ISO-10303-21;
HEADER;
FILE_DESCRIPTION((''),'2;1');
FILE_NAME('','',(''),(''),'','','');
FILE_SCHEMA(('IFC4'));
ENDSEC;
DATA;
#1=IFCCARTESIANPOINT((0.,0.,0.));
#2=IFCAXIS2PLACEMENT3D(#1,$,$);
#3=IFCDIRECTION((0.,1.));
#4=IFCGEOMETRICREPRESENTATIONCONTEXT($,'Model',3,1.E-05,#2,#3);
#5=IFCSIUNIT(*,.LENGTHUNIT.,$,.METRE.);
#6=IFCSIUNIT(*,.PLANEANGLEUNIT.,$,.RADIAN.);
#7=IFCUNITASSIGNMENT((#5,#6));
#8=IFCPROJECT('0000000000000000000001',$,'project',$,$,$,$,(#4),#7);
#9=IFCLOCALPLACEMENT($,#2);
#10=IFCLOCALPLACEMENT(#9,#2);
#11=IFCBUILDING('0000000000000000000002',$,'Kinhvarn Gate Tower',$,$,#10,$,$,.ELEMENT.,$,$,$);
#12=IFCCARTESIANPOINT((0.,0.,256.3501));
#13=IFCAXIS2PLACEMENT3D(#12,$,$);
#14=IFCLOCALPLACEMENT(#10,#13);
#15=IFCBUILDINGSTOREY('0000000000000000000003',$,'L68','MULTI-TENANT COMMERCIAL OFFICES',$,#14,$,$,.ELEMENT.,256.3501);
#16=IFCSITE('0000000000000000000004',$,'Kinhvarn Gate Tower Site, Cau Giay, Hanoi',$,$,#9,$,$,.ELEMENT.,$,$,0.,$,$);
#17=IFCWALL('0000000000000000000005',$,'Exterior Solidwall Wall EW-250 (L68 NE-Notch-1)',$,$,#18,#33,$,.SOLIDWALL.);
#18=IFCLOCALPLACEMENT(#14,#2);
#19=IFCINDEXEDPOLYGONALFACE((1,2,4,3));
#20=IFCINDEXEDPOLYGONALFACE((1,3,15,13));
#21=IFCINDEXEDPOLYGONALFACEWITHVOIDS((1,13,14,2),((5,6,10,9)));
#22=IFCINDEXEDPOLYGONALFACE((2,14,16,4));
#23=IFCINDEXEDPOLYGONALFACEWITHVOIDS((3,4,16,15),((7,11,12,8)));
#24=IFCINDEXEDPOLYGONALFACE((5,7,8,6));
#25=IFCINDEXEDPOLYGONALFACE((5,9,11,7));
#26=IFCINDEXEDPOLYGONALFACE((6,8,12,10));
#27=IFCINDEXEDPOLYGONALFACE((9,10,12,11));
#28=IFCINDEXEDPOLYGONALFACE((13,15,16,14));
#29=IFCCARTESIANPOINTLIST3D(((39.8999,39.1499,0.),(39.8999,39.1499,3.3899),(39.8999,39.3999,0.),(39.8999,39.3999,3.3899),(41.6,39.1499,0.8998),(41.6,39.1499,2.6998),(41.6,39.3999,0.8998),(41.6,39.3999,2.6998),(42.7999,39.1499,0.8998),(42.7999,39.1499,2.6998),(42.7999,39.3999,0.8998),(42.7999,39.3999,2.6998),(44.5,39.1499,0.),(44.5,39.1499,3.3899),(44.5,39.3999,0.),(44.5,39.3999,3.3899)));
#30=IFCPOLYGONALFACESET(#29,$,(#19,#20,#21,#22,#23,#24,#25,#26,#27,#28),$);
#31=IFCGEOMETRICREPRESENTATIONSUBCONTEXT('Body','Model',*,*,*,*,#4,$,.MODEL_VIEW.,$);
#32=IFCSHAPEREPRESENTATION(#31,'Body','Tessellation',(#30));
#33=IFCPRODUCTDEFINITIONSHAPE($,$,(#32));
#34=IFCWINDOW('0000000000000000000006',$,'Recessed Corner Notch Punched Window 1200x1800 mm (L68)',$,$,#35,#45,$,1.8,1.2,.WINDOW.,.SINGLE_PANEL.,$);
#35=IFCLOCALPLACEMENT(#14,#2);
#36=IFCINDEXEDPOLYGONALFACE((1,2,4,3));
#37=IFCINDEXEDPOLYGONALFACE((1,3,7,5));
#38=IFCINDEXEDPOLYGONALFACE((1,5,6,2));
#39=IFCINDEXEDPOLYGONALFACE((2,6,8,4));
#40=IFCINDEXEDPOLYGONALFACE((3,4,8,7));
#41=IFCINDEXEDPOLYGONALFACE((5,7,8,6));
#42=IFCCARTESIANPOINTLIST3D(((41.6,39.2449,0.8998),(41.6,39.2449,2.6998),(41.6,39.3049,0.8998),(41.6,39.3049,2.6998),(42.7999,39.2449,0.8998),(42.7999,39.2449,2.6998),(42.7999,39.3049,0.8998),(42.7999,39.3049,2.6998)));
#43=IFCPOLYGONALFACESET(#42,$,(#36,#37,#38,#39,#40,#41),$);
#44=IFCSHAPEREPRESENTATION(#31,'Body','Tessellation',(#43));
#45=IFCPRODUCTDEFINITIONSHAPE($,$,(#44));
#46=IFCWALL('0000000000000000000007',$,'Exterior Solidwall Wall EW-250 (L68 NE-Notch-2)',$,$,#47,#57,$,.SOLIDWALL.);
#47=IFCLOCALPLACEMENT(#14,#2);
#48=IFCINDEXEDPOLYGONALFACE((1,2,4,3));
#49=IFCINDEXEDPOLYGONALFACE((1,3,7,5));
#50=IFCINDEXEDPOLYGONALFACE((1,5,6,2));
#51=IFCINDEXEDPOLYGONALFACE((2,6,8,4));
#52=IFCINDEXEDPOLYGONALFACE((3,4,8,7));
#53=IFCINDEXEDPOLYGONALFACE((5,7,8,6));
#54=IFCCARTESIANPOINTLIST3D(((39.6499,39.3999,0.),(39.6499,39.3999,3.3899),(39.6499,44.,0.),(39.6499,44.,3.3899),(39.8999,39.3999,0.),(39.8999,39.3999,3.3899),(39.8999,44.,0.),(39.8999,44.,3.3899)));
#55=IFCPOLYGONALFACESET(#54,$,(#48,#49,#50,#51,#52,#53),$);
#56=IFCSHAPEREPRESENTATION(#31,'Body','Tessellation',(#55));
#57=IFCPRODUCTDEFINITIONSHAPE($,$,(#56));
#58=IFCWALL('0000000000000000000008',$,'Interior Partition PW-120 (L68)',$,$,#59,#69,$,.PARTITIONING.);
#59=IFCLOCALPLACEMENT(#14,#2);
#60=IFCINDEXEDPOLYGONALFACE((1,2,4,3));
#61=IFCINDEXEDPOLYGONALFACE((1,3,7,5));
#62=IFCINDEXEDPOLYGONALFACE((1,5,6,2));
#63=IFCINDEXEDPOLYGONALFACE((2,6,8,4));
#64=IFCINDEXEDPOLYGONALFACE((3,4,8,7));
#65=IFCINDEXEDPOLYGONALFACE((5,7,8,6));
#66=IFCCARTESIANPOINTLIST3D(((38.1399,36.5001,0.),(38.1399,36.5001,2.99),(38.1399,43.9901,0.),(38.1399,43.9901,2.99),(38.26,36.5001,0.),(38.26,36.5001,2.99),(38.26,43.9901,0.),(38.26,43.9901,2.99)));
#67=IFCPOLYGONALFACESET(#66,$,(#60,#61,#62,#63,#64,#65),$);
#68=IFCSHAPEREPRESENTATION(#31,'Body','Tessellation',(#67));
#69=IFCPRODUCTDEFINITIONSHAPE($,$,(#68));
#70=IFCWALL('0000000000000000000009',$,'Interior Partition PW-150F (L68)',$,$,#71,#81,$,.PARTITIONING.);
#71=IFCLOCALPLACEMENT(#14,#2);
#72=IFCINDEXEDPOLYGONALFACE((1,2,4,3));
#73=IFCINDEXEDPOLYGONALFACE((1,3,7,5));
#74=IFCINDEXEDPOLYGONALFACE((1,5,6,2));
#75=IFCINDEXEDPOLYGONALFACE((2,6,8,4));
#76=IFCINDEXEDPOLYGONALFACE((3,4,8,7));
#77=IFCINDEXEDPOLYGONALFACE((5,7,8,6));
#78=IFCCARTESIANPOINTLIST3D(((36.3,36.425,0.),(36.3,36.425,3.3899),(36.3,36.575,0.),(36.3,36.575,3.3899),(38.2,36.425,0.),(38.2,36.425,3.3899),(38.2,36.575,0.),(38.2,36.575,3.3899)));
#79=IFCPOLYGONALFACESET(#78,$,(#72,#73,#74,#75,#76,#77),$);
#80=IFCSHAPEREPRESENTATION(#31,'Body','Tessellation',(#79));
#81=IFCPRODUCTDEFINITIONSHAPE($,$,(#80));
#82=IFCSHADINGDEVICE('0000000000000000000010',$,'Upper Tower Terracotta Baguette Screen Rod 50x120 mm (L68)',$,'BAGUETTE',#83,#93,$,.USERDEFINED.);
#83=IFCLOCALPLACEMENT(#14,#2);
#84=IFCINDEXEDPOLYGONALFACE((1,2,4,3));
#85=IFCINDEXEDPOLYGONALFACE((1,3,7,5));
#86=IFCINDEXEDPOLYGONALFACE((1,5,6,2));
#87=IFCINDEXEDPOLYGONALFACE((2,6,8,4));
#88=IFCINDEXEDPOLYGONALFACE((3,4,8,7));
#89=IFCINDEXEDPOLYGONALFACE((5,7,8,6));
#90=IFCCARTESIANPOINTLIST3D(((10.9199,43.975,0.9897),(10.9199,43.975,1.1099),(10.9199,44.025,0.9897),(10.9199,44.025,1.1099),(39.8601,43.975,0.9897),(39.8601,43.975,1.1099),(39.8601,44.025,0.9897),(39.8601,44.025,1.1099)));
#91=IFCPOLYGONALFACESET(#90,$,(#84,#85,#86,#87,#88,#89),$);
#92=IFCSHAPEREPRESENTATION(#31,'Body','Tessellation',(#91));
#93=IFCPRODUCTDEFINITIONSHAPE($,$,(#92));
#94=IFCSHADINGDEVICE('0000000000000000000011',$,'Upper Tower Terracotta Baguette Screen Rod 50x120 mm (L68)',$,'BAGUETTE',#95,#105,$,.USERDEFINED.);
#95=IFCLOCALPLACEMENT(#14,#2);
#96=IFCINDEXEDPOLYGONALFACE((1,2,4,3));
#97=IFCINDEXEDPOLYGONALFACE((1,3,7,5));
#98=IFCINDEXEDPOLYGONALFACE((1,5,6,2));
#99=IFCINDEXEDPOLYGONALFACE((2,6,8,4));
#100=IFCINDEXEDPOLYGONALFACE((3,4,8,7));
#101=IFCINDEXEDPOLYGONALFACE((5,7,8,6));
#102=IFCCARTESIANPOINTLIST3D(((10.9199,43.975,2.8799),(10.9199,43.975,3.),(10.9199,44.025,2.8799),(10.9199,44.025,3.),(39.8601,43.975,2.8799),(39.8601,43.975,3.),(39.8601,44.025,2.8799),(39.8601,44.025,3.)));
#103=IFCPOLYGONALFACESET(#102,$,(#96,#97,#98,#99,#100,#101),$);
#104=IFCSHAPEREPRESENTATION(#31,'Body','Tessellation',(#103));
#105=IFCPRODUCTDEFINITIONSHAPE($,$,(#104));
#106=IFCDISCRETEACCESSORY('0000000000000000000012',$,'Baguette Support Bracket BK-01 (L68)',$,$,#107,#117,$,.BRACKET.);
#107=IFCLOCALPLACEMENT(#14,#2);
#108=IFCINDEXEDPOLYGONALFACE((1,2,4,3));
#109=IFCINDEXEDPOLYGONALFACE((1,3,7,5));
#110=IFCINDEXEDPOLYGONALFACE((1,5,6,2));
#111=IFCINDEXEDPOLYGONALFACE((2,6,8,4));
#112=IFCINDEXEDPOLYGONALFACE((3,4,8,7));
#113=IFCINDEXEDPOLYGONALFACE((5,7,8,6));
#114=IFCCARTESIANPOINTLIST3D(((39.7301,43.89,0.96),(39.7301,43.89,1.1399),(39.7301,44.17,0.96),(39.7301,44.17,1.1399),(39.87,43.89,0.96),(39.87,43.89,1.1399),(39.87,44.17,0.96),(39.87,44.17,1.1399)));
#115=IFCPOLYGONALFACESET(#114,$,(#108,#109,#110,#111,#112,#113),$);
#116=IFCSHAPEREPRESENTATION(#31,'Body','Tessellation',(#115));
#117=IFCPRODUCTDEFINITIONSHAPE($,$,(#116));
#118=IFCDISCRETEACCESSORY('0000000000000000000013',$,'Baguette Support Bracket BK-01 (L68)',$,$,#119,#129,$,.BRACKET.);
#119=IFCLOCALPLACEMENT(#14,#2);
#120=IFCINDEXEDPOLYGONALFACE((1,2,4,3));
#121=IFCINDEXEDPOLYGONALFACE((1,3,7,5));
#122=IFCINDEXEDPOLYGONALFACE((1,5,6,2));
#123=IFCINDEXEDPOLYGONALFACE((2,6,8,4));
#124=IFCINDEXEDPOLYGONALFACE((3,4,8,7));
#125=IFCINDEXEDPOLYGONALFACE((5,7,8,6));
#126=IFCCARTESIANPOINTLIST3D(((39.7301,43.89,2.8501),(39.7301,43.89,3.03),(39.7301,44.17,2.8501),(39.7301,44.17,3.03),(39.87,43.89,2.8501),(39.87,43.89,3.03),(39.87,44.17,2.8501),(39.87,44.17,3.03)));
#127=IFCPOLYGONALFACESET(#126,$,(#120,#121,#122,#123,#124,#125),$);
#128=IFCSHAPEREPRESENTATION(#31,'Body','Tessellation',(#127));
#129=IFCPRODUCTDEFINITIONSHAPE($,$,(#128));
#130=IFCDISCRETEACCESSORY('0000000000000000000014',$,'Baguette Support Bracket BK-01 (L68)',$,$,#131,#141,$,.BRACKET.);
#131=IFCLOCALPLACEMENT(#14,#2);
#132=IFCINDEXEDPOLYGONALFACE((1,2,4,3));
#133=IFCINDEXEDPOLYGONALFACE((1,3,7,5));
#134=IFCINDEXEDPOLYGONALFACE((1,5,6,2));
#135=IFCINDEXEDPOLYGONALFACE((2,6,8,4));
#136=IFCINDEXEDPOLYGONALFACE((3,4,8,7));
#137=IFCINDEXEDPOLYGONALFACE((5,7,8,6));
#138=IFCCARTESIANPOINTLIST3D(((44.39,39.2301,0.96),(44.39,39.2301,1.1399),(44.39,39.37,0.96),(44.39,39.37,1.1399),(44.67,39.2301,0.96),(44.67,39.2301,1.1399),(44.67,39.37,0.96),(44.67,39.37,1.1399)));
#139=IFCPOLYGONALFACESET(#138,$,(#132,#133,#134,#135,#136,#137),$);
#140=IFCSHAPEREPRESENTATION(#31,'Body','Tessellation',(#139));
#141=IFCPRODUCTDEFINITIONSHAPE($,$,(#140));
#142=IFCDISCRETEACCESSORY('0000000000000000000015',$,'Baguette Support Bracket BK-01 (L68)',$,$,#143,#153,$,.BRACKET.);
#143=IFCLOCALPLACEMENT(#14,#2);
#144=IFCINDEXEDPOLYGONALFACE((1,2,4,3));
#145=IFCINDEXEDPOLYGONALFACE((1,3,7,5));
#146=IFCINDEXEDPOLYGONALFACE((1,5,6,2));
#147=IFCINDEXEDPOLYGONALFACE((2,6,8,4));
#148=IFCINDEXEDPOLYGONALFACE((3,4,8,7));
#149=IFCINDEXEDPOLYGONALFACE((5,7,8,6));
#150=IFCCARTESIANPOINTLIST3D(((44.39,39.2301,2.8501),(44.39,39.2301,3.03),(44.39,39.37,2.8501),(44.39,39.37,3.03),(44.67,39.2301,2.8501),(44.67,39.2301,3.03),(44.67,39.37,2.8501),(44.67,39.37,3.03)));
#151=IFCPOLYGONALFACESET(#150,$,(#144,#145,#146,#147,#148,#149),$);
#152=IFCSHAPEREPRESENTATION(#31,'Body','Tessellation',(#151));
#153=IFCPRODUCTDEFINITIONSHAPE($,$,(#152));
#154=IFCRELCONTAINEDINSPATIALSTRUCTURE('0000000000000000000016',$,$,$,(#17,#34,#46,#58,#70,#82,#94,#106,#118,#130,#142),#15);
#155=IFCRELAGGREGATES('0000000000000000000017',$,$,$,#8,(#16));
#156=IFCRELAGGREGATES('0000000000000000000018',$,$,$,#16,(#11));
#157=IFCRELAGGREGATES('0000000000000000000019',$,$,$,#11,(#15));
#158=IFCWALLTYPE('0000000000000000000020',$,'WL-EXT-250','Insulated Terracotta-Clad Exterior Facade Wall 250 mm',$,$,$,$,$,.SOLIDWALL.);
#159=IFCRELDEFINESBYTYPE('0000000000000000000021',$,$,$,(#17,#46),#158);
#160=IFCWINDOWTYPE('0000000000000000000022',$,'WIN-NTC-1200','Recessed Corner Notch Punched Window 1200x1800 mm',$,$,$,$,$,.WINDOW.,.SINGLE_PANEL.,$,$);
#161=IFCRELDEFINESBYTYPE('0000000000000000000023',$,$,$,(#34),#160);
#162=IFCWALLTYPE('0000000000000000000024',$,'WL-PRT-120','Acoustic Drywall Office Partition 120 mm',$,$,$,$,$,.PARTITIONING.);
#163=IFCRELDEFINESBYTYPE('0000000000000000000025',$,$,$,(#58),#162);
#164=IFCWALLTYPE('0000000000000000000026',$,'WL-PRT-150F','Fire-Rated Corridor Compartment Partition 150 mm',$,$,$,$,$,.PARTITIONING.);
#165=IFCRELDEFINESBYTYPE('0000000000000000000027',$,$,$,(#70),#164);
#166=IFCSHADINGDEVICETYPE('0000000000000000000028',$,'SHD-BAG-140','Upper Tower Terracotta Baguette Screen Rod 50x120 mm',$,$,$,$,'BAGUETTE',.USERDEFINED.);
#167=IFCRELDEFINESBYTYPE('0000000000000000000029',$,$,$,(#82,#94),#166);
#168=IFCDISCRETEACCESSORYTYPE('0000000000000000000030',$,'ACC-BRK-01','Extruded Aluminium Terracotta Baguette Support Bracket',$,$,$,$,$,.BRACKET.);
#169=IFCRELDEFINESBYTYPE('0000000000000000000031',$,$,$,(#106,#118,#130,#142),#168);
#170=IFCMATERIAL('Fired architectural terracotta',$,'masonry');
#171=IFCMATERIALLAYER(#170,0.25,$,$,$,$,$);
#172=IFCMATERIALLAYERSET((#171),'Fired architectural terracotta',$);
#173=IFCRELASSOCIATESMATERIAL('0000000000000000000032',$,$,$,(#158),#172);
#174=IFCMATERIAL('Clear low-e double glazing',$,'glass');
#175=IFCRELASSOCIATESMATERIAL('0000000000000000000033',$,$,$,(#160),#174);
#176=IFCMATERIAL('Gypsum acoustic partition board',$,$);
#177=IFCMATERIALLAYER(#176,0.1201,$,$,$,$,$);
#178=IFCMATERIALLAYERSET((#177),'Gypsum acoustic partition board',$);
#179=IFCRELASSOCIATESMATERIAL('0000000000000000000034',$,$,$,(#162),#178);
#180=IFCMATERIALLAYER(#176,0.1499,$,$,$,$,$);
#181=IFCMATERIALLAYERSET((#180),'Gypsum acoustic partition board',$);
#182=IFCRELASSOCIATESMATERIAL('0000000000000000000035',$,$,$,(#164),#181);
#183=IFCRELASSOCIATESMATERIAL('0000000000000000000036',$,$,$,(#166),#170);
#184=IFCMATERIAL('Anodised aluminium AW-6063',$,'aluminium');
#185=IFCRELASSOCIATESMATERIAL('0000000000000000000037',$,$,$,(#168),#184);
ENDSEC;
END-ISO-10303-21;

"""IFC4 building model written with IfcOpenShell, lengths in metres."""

from ifc_helpers import new_model, si_unit, direction, frame, frame_2d, origin, origin_2d, place, context, subcontext, project, spatial, rectangle, extrude, material, layer, layer_set, material_profile, profile_set, type_object, element, fill, save


model = new_model("IFC4")

# Units and contexts
model_context = context("Model", 3, precision=1e-05, world=origin(), true_north=direction((0.0, 1.0)))
body_context = subcontext(model_context, "Body", "Model", "MODEL_VIEW")
ifc_project = project(units=[si_unit("LENGTHUNIT", "METRE"), si_unit("PLANEANGLEUNIT", "RADIAN")], contexts=[model_context])

# Site, building, storey
site_placement = place(None, origin())
site = spatial("IfcSite", under=ifc_project, at=site_placement, Name="Kinhvarn Gate Tower Site, Cau Giay, Hanoi", CompositionType="ELEMENT", RefElevation=0.0)
building_placement = place(site_placement, origin())
building = spatial("IfcBuilding", under=site, at=building_placement, Name="Kinhvarn Gate Tower", CompositionType="ELEMENT")
storey_placement = place(building_placement, frame((0.0, 0.0, 256.3501)))
storey = spatial("IfcBuildingStorey", under=building, at=storey_placement, Name="L68", Description="MULTI-TENANT COMMERCIAL OFFICES", CompositionType="ELEMENT", Elevation=256.3501)

# Shared definitions
ifc_material_1 = material(Name="Anodised aluminium AW-6063", Category="aluminium")

# Shared definitions
ifc_material_2 = material(Name="Clear low-e double glazing", Category="glass")

# Wall, opening, window
ifc_material_3 = material(Name="Fired architectural terracotta", Category="masonry")
ifc_layer_1 = layer(ifc_material_3, 0.25)
ifc_layer_set_1 = layer_set([ifc_layer_1], Name="Fired architectural terracotta")
wall_type_1 = type_object("IfcWallType", Name="WL-EXT-250", Description="Insulated Terracotta-Clad Exterior Facade Wall 250 mm", PredefinedType="SOLIDWALL", material=ifc_layer_set_1)
wall_1_placement = place(storey_placement, frame((44.5, 39.2749, 0.0), z_axis=(0.0, 0.0, 1.0), x_axis=(-1.0, 0.0, 0.0)))
wall_1 = element("IfcWall", 1, at=wall_1_placement, inside=storey, type_object=wall_type_1, Name="Exterior Solidwall Wall EW-250 (L68 NE-Notch-1)", PredefinedType="SOLIDWALL", context=body_context, shape_type="SweptSolid", body=[
    extrude(rectangle(XDim=4.6001, YDim=0.25, at=frame_2d((2.3, 0.0))), origin(), (0.0, 0.0, 1.0), 3.3899),
])
opening_placement = place(wall_1_placement, frame((1.7, 0.0, 0.8999)))
opening = element("IfcOpeningElement", 2, at=opening_placement, cuts=wall_1, PredefinedType="OPENING", context=body_context, shape_type="SweptSolid", body=[
    extrude(rectangle(XDim=1.2, YDim=1.8, at=frame_2d((0.6001, 0.8999))), frame((0.0, 0.135, 0.0), z_axis=(0.0, -1.0, 0.0), x_axis=(1.0, 0.0, 0.0)), (0.0, 0.0, 1.0), 0.27),
])
window_type = type_object("IfcWindowType", Name="WIN-NTC-1200", Description="Recessed Corner Notch Punched Window 1200x1800 mm", PartitioningType="SINGLE_PANEL", PredefinedType="WINDOW", material=ifc_material_2)
window_placement = place(opening_placement, origin())
window = element("IfcWindow", 3, at=window_placement, inside=storey, type_object=window_type, Name="Recessed Corner Notch Punched Window 1200x1800 mm (L68)", OverallHeight=1.8, OverallWidth=1.2, PartitioningType="SINGLE_PANEL", PredefinedType="WINDOW", context=body_context, shape_type="SweptSolid", body=[
    extrude(rectangle(XDim=1.2, YDim=1.8, at=frame_2d((0.6001, 0.8999))), frame((0.0, 0.03, 0.0), z_axis=(0.0, -1.0, 0.0), x_axis=(1.0, 0.0, 0.0)), (0.0, 0.0, 1.0), 0.0601),
])
fill(opening, window)

# Walls
wall_2_placement = place(storey_placement, frame((39.7749, 39.3999, 0.0), z_axis=(0.0, 0.0, 1.0), x_axis=(0.0, 1.0, 0.0)))
element("IfcWall", 4, at=wall_2_placement, inside=storey, type_object=wall_type_1, Name="Exterior Solidwall Wall EW-250 (L68 NE-Notch-2)", PredefinedType="SOLIDWALL", context=body_context, shape_type="SweptSolid", body=[
    extrude(rectangle(XDim=4.6001, YDim=0.25, at=frame_2d((2.3, 0.0))), origin(), (0.0, 0.0, 1.0), 3.3899),
])
ifc_material_4 = material(Name="Gypsum acoustic partition board")
ifc_layer_2 = layer(ifc_material_4, 0.1201)
ifc_layer_set_2 = layer_set([ifc_layer_2], Name="Gypsum acoustic partition board")
wall_type_2 = type_object("IfcWallType", Name="WL-PRT-120", Description="Acoustic Drywall Office Partition 120 mm", PredefinedType="PARTITIONING", material=ifc_layer_set_2)
wall_3_placement = place(storey_placement, frame((38.2, 36.5, 0.0), z_axis=(0.0, 0.0, 1.0), x_axis=(0.0, 1.0, 0.0)))
element("IfcWall", 5, at=wall_3_placement, inside=storey, type_object=wall_type_2, Name="Interior Partition PW-120 (L68)", PredefinedType="PARTITIONING", context=body_context, shape_type="SweptSolid", body=[
    extrude(rectangle(XDim=7.49, YDim=0.1201, at=frame_2d((3.7451, 0.0))), origin(), (0.0, 0.0, 1.0), 2.99),
])
ifc_layer_3 = layer(ifc_material_4, 0.1499)
ifc_layer_set_3 = layer_set([ifc_layer_3], Name="Gypsum acoustic partition board")
wall_type_3 = type_object("IfcWallType", Name="WL-PRT-150F", Description="Fire-Rated Corridor Compartment Partition 150 mm", PredefinedType="PARTITIONING", material=ifc_layer_set_3)
wall_4_placement = place(storey_placement, frame((36.3, 36.5, 0.0), z_axis=(0.0, 0.0, 1.0), x_axis=(1.0, 0.0, 0.0)))
element("IfcWall", 6, at=wall_4_placement, inside=storey, type_object=wall_type_3, Name="Interior Partition PW-150F (L68)", PredefinedType="PARTITIONING", context=body_context, shape_type="SweptSolid", body=[
    extrude(rectangle(XDim=1.8999, YDim=0.1499, at=frame_2d((0.95, 0.0))), origin(), (0.0, 0.0, 1.0), 3.3899),
])

# Shading devices
ifc_material_profile_1 = material_profile(ifc_material_3, rectangle(XDim=0.05, YDim=0.1201, at=origin_2d()), Name="TC 50x120")
ifc_profile_set_1 = profile_set([ifc_material_profile_1], Name="Fired architectural terracotta")
shading_device_type = type_object("IfcShadingDeviceType", Name="SHD-BAG-140", Description="Upper Tower Terracotta Baguette Screen Rod 50x120 mm", ElementType="BAGUETTE", PredefinedType="USERDEFINED", material=ifc_profile_set_1)
for number, where, z_axis, x_axis, name in (
    (7, (39.8601, 44.0, 1.0498), (-1.0, 0.0, 0.0), (0.0, -1.0, 0.0), "Upper Tower Terracotta Baguette Screen Rod 50x120 mm (L68)"),
    (8, (39.8601, 44.0, 2.9399), (-1.0, 0.0, 0.0), (0.0, -1.0, 0.0), "Upper Tower Terracotta Baguette Screen Rod 50x120 mm (L68)"),
):
    element("IfcShadingDevice", number, at=place(storey_placement, frame(where, z_axis=z_axis, x_axis=x_axis)), inside=storey, type_object=shading_device_type, Name=name, ObjectType="BAGUETTE", PredefinedType="USERDEFINED", context=body_context, shape_type="SweptSolid", body=[
        extrude(rectangle(XDim=0.05, YDim=0.1201, at=origin_2d()), origin(), (0.0, 0.0, 1.0), 28.9402),
    ])

# Discrete accessories
discrete_accessory_type = type_object("IfcDiscreteAccessoryType", Name="ACC-BRK-01", Description="Extruded Aluminium Terracotta Baguette Support Bracket", PredefinedType="BRACKET", material=ifc_material_1)
for number, where, z_axis, x_axis, name in (
    (9, (39.8, 44.03, 0.96), (0.0, 0.0, 1.0), (-1.0, 0.0, 0.0), "Baguette Support Bracket BK-01 (L68)"),
    (10, (39.8, 44.03, 2.8501), (0.0, 0.0, 1.0), (-1.0, 0.0, 0.0), "Baguette Support Bracket BK-01 (L68)"),
    (11, (44.53, 39.3, 0.96), (0.0, 0.0, 1.0), (0.0, 1.0, 0.0), "Baguette Support Bracket BK-01 (L68)"),
    (12, (44.53, 39.3, 2.8501), (0.0, 0.0, 1.0), (0.0, 1.0, 0.0), "Baguette Support Bracket BK-01 (L68)"),
):
    element("IfcDiscreteAccessory", number, at=place(storey_placement, frame(where, z_axis=z_axis, x_axis=x_axis)), inside=storey, type_object=discrete_accessory_type, Name=name, PredefinedType="BRACKET", context=body_context, shape_type="SweptSolid", body=[
        extrude(rectangle(XDim=0.1399, YDim=0.28, at=origin_2d()), origin(), (0.0, 0.0, 1.0), 0.1799),
    ])

save(model, "model.ifc")
